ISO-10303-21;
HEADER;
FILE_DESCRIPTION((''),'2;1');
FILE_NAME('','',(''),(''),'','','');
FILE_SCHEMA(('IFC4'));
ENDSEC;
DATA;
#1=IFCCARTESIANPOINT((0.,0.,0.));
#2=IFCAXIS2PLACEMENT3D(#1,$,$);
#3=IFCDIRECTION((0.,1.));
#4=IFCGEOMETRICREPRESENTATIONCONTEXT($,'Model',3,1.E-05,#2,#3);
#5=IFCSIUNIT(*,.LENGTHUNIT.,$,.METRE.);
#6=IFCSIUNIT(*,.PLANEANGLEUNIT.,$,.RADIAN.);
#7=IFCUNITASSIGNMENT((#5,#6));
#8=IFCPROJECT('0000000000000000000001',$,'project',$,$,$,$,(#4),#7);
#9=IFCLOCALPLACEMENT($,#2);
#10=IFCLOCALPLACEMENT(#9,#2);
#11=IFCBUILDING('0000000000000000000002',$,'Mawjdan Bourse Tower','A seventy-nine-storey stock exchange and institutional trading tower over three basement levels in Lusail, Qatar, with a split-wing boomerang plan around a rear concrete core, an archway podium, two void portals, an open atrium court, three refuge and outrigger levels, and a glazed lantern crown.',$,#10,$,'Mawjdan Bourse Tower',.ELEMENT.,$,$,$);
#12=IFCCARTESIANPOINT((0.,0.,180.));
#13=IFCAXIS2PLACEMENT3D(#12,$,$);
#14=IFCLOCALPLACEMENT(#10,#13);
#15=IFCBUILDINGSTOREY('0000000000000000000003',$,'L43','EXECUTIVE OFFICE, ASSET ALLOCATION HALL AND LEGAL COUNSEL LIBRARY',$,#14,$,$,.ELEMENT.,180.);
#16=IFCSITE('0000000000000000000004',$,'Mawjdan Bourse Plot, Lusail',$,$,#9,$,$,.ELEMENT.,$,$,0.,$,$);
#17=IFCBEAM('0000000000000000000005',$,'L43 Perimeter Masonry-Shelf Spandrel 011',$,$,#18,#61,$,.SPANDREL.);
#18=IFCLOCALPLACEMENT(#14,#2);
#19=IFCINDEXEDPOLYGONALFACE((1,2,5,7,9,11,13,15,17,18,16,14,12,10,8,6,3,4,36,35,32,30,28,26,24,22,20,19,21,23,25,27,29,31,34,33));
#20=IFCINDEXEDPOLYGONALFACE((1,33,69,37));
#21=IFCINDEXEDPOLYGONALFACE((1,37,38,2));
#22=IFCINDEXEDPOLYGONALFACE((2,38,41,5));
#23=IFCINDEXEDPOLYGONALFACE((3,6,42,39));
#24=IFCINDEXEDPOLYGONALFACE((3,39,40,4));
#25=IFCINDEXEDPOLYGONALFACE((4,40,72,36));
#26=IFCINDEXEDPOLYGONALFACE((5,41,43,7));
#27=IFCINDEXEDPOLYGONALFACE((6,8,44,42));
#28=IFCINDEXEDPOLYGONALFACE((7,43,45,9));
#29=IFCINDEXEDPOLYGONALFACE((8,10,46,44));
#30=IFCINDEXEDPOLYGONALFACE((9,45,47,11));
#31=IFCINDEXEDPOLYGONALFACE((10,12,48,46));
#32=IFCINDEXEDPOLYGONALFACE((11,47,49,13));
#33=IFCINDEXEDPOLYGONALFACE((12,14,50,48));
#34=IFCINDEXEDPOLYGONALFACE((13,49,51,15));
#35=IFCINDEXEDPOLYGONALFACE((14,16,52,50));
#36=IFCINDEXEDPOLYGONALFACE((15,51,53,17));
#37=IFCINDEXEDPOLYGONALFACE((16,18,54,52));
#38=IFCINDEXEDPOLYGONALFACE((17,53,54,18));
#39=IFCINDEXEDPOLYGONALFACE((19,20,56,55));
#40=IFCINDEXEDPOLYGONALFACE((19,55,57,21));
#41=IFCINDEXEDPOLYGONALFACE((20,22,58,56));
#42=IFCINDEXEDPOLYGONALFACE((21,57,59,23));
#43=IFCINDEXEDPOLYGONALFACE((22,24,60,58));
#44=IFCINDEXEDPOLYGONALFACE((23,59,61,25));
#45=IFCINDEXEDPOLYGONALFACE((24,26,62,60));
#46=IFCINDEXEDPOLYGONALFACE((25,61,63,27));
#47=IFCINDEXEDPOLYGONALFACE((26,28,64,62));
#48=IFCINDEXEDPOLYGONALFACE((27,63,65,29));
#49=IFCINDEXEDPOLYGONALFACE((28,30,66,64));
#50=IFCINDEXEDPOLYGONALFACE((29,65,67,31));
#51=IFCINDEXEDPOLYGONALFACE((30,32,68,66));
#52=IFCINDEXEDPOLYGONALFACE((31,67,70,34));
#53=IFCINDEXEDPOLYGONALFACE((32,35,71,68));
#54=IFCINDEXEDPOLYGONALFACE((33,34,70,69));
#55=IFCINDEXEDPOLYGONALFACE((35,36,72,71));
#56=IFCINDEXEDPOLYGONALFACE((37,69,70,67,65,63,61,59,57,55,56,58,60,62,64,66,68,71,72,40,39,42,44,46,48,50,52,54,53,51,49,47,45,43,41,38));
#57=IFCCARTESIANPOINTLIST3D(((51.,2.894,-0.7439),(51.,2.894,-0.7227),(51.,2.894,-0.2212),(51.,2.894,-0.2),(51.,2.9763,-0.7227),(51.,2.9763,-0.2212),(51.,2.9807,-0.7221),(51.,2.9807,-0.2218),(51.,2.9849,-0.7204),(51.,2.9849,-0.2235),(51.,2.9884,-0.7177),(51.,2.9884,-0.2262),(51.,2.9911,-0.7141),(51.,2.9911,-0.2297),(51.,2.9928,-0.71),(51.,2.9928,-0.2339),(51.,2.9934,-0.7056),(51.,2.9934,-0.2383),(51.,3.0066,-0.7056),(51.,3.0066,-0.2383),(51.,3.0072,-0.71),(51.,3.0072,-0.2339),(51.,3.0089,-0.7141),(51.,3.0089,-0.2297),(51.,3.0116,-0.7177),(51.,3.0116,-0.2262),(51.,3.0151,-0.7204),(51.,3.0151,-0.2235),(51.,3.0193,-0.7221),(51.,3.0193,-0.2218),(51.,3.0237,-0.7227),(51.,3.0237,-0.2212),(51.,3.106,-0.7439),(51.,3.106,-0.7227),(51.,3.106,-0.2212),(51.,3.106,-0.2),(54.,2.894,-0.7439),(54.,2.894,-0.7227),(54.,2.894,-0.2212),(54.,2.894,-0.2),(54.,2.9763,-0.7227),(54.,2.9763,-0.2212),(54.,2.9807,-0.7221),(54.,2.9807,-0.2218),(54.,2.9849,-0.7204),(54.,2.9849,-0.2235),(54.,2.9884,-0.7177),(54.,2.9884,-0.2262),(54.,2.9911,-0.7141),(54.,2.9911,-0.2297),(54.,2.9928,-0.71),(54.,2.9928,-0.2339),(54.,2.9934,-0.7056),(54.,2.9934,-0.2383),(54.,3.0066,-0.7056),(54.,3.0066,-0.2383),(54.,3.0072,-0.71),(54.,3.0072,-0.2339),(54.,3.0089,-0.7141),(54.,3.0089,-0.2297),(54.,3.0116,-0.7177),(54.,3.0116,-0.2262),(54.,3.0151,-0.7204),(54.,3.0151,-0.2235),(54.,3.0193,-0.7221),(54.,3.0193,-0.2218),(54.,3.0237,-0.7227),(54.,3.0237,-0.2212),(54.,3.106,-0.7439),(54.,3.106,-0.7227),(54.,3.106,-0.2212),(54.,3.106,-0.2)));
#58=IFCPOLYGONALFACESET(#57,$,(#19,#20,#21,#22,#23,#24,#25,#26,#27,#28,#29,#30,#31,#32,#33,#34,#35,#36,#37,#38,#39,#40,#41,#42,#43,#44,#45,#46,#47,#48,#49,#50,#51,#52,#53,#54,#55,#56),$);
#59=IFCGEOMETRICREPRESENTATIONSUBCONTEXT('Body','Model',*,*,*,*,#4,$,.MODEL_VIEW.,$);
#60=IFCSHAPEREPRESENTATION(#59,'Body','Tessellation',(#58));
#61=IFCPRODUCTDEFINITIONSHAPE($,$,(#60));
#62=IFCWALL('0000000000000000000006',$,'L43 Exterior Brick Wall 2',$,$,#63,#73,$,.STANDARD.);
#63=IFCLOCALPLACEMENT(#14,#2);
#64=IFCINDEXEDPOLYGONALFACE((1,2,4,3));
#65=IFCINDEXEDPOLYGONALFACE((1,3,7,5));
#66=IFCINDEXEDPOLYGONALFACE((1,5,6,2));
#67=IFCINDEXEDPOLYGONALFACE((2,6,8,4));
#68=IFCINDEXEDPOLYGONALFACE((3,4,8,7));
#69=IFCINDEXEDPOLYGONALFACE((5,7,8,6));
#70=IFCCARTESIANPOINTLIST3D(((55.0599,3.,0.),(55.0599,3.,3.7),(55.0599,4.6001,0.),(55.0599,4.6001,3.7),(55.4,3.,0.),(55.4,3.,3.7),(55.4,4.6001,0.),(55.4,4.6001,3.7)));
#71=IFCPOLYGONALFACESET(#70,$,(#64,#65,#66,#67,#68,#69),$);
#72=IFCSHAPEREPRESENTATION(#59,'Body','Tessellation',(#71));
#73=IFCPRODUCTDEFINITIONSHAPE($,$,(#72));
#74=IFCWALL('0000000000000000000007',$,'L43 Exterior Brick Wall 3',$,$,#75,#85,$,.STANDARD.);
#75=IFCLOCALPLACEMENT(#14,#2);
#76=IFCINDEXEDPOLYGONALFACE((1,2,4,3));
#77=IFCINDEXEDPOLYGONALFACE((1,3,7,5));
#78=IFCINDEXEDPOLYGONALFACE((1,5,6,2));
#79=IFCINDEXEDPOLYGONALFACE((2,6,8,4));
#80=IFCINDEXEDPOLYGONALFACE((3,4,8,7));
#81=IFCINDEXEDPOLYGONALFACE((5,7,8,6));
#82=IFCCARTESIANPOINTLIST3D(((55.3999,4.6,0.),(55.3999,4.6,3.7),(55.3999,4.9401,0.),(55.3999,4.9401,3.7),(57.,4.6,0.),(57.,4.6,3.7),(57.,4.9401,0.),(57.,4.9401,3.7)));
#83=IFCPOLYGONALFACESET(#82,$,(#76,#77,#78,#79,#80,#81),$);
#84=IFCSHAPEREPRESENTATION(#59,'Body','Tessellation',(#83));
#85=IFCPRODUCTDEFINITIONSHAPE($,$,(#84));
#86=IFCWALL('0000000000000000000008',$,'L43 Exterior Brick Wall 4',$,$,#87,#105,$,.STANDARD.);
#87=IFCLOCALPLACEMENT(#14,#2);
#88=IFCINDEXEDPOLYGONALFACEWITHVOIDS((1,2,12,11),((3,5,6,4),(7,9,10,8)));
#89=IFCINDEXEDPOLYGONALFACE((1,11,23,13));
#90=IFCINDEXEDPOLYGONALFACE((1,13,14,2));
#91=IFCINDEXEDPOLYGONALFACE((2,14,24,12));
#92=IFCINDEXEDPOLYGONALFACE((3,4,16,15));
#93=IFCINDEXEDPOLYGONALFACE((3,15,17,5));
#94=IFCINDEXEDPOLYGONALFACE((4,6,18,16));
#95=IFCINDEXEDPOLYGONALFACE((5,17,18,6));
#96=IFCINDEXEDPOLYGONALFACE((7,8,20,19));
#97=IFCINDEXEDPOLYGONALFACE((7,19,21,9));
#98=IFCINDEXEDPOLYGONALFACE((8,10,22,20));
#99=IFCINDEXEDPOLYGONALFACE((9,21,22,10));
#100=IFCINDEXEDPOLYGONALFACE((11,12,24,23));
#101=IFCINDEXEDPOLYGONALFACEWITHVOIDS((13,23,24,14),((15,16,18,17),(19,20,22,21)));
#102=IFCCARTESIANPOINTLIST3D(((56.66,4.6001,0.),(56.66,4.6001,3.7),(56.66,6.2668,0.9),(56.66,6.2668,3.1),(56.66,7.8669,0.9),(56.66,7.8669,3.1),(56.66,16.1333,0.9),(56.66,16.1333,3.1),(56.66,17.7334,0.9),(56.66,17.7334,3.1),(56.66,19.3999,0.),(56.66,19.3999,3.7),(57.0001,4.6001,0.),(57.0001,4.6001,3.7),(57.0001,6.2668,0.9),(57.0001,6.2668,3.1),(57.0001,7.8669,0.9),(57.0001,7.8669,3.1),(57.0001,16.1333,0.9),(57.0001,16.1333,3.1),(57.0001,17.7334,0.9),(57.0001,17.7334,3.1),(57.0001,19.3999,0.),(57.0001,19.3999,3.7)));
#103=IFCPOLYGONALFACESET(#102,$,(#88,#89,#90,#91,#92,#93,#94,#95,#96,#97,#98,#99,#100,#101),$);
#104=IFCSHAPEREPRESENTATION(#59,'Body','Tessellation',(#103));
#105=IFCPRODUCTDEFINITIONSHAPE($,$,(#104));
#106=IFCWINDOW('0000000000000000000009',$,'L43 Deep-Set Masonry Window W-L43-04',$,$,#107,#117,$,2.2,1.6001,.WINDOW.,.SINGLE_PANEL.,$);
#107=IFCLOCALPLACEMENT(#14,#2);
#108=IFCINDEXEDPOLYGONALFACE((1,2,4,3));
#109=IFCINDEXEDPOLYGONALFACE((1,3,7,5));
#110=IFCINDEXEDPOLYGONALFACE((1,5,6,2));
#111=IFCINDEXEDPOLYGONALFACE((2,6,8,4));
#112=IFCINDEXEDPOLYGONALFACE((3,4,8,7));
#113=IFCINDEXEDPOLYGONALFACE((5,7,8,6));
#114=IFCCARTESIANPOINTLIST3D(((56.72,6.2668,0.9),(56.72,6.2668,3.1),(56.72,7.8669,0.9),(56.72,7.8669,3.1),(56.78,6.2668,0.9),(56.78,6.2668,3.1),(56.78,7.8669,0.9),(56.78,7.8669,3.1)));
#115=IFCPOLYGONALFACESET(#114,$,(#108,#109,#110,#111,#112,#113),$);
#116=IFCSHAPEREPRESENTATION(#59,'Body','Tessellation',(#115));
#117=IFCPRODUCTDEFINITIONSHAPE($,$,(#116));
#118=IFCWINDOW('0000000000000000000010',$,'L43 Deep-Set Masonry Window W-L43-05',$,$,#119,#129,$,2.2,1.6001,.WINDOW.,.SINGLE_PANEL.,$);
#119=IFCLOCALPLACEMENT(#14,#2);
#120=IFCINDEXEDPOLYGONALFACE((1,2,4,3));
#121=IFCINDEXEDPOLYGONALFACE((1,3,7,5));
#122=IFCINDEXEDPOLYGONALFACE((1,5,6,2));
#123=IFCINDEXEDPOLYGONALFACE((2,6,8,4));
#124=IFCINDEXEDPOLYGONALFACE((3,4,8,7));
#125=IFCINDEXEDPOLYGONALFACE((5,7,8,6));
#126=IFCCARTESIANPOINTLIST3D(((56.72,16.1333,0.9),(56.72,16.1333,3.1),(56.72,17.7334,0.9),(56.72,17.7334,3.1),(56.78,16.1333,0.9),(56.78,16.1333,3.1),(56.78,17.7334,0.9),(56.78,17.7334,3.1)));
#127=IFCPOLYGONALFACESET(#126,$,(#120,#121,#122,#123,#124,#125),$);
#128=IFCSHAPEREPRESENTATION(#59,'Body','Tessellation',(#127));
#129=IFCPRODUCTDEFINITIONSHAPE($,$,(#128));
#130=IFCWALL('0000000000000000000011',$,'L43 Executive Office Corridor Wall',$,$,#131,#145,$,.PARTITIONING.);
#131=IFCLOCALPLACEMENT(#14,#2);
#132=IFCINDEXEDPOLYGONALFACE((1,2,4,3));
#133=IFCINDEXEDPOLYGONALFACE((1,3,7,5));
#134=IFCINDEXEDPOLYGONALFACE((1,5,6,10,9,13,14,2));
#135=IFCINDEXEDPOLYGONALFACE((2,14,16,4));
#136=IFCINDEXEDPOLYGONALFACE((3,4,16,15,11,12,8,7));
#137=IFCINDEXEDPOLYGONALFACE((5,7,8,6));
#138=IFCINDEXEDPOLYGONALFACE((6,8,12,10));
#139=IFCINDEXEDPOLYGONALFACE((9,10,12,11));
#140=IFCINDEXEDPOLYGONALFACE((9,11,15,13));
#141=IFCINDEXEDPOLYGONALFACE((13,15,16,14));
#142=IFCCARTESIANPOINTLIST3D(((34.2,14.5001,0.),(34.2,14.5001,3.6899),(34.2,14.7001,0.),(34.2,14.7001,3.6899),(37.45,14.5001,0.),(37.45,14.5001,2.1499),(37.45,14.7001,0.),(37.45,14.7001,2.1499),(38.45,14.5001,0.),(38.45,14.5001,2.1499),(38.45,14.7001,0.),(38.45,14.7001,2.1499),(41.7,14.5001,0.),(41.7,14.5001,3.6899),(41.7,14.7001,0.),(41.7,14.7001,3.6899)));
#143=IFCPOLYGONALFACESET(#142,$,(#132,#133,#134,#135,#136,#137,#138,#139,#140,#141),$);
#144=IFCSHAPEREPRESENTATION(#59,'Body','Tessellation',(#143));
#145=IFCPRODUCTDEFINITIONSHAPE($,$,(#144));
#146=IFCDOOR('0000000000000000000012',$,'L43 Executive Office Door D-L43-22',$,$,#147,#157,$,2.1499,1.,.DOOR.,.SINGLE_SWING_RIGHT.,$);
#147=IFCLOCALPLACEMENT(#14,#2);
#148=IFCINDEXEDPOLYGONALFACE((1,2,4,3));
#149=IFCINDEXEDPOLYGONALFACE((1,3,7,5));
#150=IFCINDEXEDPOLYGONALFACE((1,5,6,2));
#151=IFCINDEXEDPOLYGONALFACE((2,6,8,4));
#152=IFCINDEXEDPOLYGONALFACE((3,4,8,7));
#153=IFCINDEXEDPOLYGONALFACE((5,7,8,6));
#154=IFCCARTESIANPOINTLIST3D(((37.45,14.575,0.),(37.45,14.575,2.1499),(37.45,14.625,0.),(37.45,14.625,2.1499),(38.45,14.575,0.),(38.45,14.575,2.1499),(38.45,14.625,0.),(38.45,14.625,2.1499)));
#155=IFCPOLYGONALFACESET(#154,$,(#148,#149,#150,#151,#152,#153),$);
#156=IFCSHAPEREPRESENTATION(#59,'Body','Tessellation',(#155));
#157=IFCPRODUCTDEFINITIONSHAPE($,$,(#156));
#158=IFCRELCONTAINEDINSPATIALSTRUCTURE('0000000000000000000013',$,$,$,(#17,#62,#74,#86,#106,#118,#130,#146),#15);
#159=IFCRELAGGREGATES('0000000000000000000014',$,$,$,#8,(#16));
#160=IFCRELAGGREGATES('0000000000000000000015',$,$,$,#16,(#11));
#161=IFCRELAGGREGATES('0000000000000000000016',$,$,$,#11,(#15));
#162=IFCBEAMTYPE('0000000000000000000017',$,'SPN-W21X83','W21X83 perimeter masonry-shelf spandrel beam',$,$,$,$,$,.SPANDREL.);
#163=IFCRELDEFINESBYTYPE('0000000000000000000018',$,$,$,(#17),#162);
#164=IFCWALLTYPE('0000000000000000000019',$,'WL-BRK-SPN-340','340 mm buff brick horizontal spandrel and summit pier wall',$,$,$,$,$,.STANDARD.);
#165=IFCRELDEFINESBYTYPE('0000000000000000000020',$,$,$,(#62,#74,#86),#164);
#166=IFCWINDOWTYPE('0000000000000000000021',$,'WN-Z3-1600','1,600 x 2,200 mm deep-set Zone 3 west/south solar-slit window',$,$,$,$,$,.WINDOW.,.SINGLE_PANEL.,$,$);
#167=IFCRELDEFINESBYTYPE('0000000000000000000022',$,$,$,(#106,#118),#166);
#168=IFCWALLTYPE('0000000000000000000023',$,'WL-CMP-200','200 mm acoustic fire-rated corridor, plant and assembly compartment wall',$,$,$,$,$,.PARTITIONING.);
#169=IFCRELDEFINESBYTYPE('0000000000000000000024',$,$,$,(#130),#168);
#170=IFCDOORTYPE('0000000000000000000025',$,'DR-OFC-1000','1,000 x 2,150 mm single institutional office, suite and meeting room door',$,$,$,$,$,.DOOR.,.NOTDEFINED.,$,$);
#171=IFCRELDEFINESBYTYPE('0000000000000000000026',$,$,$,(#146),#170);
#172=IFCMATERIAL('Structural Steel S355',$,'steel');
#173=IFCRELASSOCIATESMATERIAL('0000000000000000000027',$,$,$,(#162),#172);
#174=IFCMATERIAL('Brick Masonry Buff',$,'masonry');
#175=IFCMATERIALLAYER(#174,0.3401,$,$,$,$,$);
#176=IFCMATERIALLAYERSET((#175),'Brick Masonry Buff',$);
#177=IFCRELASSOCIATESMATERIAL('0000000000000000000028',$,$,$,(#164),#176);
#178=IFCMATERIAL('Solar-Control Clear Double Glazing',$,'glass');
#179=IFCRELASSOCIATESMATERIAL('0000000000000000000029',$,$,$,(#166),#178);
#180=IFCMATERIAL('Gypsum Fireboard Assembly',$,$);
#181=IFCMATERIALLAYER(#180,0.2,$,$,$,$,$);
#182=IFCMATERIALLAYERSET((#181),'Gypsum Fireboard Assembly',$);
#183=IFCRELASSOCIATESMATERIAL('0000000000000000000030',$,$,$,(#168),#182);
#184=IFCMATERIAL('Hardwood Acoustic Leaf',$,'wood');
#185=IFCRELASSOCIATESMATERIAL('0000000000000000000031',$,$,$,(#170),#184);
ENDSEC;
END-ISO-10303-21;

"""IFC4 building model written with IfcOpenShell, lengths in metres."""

from ifc_helpers import new_model, si_unit, direction, frame, frame_2d, origin, origin_2d, place, context, subcontext, project, spatial, rectangle, i_section, extrude, material, layer, layer_set, material_profile, profile_set, type_object, element, fill, save


model = new_model("IFC4")

# Units and contexts
model_context = context("Model", 3, precision=1e-05, world=origin(), true_north=direction((0.0, 1.0)))
body_context = subcontext(model_context, "Body", "Model", "MODEL_VIEW")
ifc_project = project(units=[si_unit("LENGTHUNIT", "METRE"), si_unit("PLANEANGLEUNIT", "RADIAN")], contexts=[model_context])

# Site, building, storey
site_placement = place(None, origin())
site = spatial("IfcSite", under=ifc_project, at=site_placement, Name="Mawjdan Bourse Plot, Lusail", CompositionType="ELEMENT", RefElevation=0.0)
building_placement = place(site_placement, origin())
building = spatial("IfcBuilding", under=site, at=building_placement, Name="Mawjdan Bourse Tower", Description="A seventy-nine-storey stock exchange and institutional trading tower over three basement levels in Lusail, Qatar, with a split-wing boomerang plan around a rear concrete core, an archway podium, two void portals, an open atrium court, three refuge and outrigger levels, and a glazed lantern crown.", LongName="Mawjdan Bourse Tower", CompositionType="ELEMENT")
storey_placement = place(building_placement, frame((0.0, 0.0, 180.0)))
storey = spatial("IfcBuildingStorey", under=building, at=storey_placement, Name="L43", Description="EXECUTIVE OFFICE, ASSET ALLOCATION HALL AND LEGAL COUNSEL LIBRARY", CompositionType="ELEMENT", Elevation=180.0)

# Beam
ifc_material_1 = material(Name="Structural Steel S355", Category="steel")
ifc_material_profile_1 = material_profile(ifc_material_1, i_section(OverallWidth=0.2119, OverallDepth=0.5439, WebThickness=0.0132, FlangeThickness=0.0212, FilletRadius=0.0171, at=origin_2d()), Name="W21X83")
ifc_profile_set_1 = profile_set([ifc_material_profile_1], Name="Structural Steel S355")
beam_type_1 = type_object("IfcBeamType", Name="SPN-W21X83", Description="W21X83 perimeter masonry-shelf spandrel beam", PredefinedType="SPANDREL", material=ifc_profile_set_1)
for number, where, z_axis, x_axis, name in (
    (1, (51.0, 3.0, -0.4719), (1.0, 0.0, 0.0), (0.0, 1.0, 0.0), "L43 Perimeter Masonry-Shelf Spandrel 011"),
):
    element("IfcBeam", number, at=place(storey_placement, frame(where, z_axis=z_axis, x_axis=x_axis)), inside=storey, type_object=beam_type_1, Name=name, PredefinedType="SPANDREL", context=body_context, shape_type="SweptSolid", body=[
        extrude(i_section(OverallWidth=0.2119, OverallDepth=0.5439, WebThickness=0.0132, FlangeThickness=0.0212, FilletRadius=0.0171, at=origin_2d()), origin(), (0.0, 0.0, 1.0), 3.0),
    ])

# Walls
ifc_material_2 = material(Name="Brick Masonry Buff", Category="masonry")
ifc_layer_1 = layer(ifc_material_2, 0.3401)
ifc_layer_set_1 = layer_set([ifc_layer_1], Name="Brick Masonry Buff")
wall_type_1 = type_object("IfcWallType", Name="WL-BRK-SPN-340", Description="340 mm buff brick horizontal spandrel and summit pier wall", PredefinedType="STANDARD", material=ifc_layer_set_1)
for number, where, z_axis, x_axis, name in (
    (2, (55.23, 3.0, 0.0), (0.0, 0.0, 1.0), (0.0, 1.0, 0.0), "L43 Exterior Brick Wall 2"),
    (3, (55.3999, 4.77, 0.0), (0.0, 0.0, 1.0), (1.0, 0.0, 0.0), "L43 Exterior Brick Wall 3"),
):
    element("IfcWall", number, at=place(storey_placement, frame(where, z_axis=z_axis, x_axis=x_axis)), inside=storey, type_object=wall_type_1, Name=name, PredefinedType="STANDARD", context=body_context, shape_type="SweptSolid", body=[
        extrude(rectangle(XDim=1.6001, YDim=0.3401, at=frame_2d((0.8, 0.0))), origin(), (0.0, 0.0, 1.0), 3.7),
    ])

# Wall, openings, windows
wall_1_placement = place(storey_placement, frame((56.8301, 4.6001, 0.0), z_axis=(0.0, 0.0, 1.0), x_axis=(0.0, 1.0, 0.0)))
wall_1 = element("IfcWall", 4, at=wall_1_placement, inside=storey, type_object=wall_type_1, Name="L43 Exterior Brick Wall 4", PredefinedType="STANDARD", context=body_context, shape_type="SweptSolid", body=[
    extrude(rectangle(XDim=14.7998, YDim=0.3401, at=frame_2d((7.3999, 0.0))), origin(), (0.0, 0.0, 1.0), 3.7),
])
opening_1_placement = place(wall_1_placement, frame((1.6667, 0.0, 0.8999)))
opening_1 = element("IfcOpeningElement", 5, at=opening_1_placement, cuts=wall_1, PredefinedType="OPENING", context=body_context, shape_type="SweptSolid", body=[
    extrude(rectangle(XDim=1.6001, YDim=2.2, at=frame_2d((0.8, 1.1001))), frame((0.0, 0.1802, 0.0), z_axis=(0.0, -1.0, 0.0), x_axis=(1.0, 0.0, 0.0)), (0.0, 0.0, 1.0), 0.3601),
])
opening_2_placement = place(wall_1_placement, frame((11.5332, 0.0, 0.8999)))
opening_2 = element("IfcOpeningElement", 6, at=opening_2_placement, cuts=wall_1, PredefinedType="OPENING", context=body_context, shape_type="SweptSolid", body=[
    extrude(rectangle(XDim=1.6001, YDim=2.2, at=frame_2d((0.8, 1.1001))), frame((0.0, 0.1802, 0.0), z_axis=(0.0, -1.0, 0.0), x_axis=(1.0, 0.0, 0.0)), (0.0, 0.0, 1.0), 0.3601),
])
ifc_material_3 = material(Name="Solar-Control Clear Double Glazing", Category="glass")
window_type = type_object("IfcWindowType", Name="WN-Z3-1600", Description="1,600 x 2,200 mm deep-set Zone 3 west/south solar-slit window", PartitioningType="SINGLE_PANEL", PredefinedType="WINDOW", material=ifc_material_3)
window_1_placement = place(opening_1_placement, origin())
window_1 = element("IfcWindow", 7, at=window_1_placement, inside=storey, type_object=window_type, Name="L43 Deep-Set Masonry Window W-L43-04", OverallHeight=2.2, OverallWidth=1.6001, PartitioningType="SINGLE_PANEL", PredefinedType="WINDOW", context=body_context, shape_type="SweptSolid", body=[
    extrude(rectangle(XDim=1.6001, YDim=2.2, at=frame_2d((0.8, 1.1001))), frame((0.0, 0.1101, 0.0), z_axis=(0.0, -1.0, 0.0), x_axis=(1.0, 0.0, 0.0)), (0.0, 0.0, 1.0), 0.0601),
])
fill(opening_1, window_1)
window_2_placement = place(opening_2_placement, origin())
window_2 = element("IfcWindow", 8, at=window_2_placement, inside=storey, type_object=window_type, Name="L43 Deep-Set Masonry Window W-L43-05", OverallHeight=2.2, OverallWidth=1.6001, PartitioningType="SINGLE_PANEL", PredefinedType="WINDOW", context=body_context, shape_type="SweptSolid", body=[
    extrude(rectangle(XDim=1.6001, YDim=2.2, at=frame_2d((0.8, 1.1001))), frame((0.0, 0.1101, 0.0), z_axis=(0.0, -1.0, 0.0), x_axis=(1.0, 0.0, 0.0)), (0.0, 0.0, 1.0), 0.0601),
])
fill(opening_2, window_2)

# Wall, opening, door
ifc_material_4 = material(Name="Gypsum Fireboard Assembly")
ifc_layer_2 = layer(ifc_material_4, 0.2)
ifc_layer_set_2 = layer_set([ifc_layer_2], Name="Gypsum Fireboard Assembly")
wall_type_2 = type_object("IfcWallType", Name="WL-CMP-200", Description="200 mm acoustic fire-rated corridor, plant and assembly compartment wall", PredefinedType="PARTITIONING", material=ifc_layer_set_2)
wall_2_placement = place(storey_placement, frame((34.2, 14.6001, 0.0), z_axis=(0.0, 0.0, 1.0), x_axis=(1.0, 0.0, 0.0)))
wall_2 = element("IfcWall", 9, at=wall_2_placement, inside=storey, type_object=wall_type_2, Name="L43 Executive Office Corridor Wall", PredefinedType="PARTITIONING", context=body_context, shape_type="SweptSolid", body=[
    extrude(rectangle(XDim=7.5, YDim=0.2, at=frame_2d((3.75, 0.0))), origin(), (0.0, 0.0, 1.0), 3.6899),
])
opening_3_placement = place(wall_2_placement, frame((3.25, 0.0, 0.0)))
opening_3 = element("IfcOpeningElement", 10, at=opening_3_placement, cuts=wall_2, PredefinedType="OPENING", context=body_context, shape_type="SweptSolid", body=[
    extrude(rectangle(XDim=1.0, YDim=2.1499, at=frame_2d((0.5, 1.075))), frame((0.0, 0.1099, 0.0), z_axis=(0.0, -1.0, 0.0), x_axis=(1.0, 0.0, 0.0)), (0.0, 0.0, 1.0), 0.22),
])
ifc_material_5 = material(Name="Hardwood Acoustic Leaf", Category="wood")
door_type_1 = type_object("IfcDoorType", Name="DR-OFC-1000", Description="1,000 x 2,150 mm single institutional office, suite and meeting room door", OperationType="NOTDEFINED", PredefinedType="DOOR", material=ifc_material_5)
door_1_placement = place(opening_3_placement, origin())
door_1 = element("IfcDoor", 11, at=door_1_placement, inside=storey, type_object=door_type_1, Name="L43 Executive Office Door D-L43-22", OperationType="SINGLE_SWING_RIGHT", OverallHeight=2.1499, OverallWidth=1.0, PredefinedType="DOOR", context=body_context, shape_type="SweptSolid", body=[
    extrude(rectangle(XDim=1.0, YDim=2.1499, at=frame_2d((0.5, 1.075))), frame((0.0, 0.0249, 0.0), z_axis=(0.0, -1.0, 0.0), x_axis=(1.0, 0.0, 0.0)), (0.0, 0.0, 1.0), 0.05),
])
fill(opening_3, door_1)

save(model, "model.ifc")
